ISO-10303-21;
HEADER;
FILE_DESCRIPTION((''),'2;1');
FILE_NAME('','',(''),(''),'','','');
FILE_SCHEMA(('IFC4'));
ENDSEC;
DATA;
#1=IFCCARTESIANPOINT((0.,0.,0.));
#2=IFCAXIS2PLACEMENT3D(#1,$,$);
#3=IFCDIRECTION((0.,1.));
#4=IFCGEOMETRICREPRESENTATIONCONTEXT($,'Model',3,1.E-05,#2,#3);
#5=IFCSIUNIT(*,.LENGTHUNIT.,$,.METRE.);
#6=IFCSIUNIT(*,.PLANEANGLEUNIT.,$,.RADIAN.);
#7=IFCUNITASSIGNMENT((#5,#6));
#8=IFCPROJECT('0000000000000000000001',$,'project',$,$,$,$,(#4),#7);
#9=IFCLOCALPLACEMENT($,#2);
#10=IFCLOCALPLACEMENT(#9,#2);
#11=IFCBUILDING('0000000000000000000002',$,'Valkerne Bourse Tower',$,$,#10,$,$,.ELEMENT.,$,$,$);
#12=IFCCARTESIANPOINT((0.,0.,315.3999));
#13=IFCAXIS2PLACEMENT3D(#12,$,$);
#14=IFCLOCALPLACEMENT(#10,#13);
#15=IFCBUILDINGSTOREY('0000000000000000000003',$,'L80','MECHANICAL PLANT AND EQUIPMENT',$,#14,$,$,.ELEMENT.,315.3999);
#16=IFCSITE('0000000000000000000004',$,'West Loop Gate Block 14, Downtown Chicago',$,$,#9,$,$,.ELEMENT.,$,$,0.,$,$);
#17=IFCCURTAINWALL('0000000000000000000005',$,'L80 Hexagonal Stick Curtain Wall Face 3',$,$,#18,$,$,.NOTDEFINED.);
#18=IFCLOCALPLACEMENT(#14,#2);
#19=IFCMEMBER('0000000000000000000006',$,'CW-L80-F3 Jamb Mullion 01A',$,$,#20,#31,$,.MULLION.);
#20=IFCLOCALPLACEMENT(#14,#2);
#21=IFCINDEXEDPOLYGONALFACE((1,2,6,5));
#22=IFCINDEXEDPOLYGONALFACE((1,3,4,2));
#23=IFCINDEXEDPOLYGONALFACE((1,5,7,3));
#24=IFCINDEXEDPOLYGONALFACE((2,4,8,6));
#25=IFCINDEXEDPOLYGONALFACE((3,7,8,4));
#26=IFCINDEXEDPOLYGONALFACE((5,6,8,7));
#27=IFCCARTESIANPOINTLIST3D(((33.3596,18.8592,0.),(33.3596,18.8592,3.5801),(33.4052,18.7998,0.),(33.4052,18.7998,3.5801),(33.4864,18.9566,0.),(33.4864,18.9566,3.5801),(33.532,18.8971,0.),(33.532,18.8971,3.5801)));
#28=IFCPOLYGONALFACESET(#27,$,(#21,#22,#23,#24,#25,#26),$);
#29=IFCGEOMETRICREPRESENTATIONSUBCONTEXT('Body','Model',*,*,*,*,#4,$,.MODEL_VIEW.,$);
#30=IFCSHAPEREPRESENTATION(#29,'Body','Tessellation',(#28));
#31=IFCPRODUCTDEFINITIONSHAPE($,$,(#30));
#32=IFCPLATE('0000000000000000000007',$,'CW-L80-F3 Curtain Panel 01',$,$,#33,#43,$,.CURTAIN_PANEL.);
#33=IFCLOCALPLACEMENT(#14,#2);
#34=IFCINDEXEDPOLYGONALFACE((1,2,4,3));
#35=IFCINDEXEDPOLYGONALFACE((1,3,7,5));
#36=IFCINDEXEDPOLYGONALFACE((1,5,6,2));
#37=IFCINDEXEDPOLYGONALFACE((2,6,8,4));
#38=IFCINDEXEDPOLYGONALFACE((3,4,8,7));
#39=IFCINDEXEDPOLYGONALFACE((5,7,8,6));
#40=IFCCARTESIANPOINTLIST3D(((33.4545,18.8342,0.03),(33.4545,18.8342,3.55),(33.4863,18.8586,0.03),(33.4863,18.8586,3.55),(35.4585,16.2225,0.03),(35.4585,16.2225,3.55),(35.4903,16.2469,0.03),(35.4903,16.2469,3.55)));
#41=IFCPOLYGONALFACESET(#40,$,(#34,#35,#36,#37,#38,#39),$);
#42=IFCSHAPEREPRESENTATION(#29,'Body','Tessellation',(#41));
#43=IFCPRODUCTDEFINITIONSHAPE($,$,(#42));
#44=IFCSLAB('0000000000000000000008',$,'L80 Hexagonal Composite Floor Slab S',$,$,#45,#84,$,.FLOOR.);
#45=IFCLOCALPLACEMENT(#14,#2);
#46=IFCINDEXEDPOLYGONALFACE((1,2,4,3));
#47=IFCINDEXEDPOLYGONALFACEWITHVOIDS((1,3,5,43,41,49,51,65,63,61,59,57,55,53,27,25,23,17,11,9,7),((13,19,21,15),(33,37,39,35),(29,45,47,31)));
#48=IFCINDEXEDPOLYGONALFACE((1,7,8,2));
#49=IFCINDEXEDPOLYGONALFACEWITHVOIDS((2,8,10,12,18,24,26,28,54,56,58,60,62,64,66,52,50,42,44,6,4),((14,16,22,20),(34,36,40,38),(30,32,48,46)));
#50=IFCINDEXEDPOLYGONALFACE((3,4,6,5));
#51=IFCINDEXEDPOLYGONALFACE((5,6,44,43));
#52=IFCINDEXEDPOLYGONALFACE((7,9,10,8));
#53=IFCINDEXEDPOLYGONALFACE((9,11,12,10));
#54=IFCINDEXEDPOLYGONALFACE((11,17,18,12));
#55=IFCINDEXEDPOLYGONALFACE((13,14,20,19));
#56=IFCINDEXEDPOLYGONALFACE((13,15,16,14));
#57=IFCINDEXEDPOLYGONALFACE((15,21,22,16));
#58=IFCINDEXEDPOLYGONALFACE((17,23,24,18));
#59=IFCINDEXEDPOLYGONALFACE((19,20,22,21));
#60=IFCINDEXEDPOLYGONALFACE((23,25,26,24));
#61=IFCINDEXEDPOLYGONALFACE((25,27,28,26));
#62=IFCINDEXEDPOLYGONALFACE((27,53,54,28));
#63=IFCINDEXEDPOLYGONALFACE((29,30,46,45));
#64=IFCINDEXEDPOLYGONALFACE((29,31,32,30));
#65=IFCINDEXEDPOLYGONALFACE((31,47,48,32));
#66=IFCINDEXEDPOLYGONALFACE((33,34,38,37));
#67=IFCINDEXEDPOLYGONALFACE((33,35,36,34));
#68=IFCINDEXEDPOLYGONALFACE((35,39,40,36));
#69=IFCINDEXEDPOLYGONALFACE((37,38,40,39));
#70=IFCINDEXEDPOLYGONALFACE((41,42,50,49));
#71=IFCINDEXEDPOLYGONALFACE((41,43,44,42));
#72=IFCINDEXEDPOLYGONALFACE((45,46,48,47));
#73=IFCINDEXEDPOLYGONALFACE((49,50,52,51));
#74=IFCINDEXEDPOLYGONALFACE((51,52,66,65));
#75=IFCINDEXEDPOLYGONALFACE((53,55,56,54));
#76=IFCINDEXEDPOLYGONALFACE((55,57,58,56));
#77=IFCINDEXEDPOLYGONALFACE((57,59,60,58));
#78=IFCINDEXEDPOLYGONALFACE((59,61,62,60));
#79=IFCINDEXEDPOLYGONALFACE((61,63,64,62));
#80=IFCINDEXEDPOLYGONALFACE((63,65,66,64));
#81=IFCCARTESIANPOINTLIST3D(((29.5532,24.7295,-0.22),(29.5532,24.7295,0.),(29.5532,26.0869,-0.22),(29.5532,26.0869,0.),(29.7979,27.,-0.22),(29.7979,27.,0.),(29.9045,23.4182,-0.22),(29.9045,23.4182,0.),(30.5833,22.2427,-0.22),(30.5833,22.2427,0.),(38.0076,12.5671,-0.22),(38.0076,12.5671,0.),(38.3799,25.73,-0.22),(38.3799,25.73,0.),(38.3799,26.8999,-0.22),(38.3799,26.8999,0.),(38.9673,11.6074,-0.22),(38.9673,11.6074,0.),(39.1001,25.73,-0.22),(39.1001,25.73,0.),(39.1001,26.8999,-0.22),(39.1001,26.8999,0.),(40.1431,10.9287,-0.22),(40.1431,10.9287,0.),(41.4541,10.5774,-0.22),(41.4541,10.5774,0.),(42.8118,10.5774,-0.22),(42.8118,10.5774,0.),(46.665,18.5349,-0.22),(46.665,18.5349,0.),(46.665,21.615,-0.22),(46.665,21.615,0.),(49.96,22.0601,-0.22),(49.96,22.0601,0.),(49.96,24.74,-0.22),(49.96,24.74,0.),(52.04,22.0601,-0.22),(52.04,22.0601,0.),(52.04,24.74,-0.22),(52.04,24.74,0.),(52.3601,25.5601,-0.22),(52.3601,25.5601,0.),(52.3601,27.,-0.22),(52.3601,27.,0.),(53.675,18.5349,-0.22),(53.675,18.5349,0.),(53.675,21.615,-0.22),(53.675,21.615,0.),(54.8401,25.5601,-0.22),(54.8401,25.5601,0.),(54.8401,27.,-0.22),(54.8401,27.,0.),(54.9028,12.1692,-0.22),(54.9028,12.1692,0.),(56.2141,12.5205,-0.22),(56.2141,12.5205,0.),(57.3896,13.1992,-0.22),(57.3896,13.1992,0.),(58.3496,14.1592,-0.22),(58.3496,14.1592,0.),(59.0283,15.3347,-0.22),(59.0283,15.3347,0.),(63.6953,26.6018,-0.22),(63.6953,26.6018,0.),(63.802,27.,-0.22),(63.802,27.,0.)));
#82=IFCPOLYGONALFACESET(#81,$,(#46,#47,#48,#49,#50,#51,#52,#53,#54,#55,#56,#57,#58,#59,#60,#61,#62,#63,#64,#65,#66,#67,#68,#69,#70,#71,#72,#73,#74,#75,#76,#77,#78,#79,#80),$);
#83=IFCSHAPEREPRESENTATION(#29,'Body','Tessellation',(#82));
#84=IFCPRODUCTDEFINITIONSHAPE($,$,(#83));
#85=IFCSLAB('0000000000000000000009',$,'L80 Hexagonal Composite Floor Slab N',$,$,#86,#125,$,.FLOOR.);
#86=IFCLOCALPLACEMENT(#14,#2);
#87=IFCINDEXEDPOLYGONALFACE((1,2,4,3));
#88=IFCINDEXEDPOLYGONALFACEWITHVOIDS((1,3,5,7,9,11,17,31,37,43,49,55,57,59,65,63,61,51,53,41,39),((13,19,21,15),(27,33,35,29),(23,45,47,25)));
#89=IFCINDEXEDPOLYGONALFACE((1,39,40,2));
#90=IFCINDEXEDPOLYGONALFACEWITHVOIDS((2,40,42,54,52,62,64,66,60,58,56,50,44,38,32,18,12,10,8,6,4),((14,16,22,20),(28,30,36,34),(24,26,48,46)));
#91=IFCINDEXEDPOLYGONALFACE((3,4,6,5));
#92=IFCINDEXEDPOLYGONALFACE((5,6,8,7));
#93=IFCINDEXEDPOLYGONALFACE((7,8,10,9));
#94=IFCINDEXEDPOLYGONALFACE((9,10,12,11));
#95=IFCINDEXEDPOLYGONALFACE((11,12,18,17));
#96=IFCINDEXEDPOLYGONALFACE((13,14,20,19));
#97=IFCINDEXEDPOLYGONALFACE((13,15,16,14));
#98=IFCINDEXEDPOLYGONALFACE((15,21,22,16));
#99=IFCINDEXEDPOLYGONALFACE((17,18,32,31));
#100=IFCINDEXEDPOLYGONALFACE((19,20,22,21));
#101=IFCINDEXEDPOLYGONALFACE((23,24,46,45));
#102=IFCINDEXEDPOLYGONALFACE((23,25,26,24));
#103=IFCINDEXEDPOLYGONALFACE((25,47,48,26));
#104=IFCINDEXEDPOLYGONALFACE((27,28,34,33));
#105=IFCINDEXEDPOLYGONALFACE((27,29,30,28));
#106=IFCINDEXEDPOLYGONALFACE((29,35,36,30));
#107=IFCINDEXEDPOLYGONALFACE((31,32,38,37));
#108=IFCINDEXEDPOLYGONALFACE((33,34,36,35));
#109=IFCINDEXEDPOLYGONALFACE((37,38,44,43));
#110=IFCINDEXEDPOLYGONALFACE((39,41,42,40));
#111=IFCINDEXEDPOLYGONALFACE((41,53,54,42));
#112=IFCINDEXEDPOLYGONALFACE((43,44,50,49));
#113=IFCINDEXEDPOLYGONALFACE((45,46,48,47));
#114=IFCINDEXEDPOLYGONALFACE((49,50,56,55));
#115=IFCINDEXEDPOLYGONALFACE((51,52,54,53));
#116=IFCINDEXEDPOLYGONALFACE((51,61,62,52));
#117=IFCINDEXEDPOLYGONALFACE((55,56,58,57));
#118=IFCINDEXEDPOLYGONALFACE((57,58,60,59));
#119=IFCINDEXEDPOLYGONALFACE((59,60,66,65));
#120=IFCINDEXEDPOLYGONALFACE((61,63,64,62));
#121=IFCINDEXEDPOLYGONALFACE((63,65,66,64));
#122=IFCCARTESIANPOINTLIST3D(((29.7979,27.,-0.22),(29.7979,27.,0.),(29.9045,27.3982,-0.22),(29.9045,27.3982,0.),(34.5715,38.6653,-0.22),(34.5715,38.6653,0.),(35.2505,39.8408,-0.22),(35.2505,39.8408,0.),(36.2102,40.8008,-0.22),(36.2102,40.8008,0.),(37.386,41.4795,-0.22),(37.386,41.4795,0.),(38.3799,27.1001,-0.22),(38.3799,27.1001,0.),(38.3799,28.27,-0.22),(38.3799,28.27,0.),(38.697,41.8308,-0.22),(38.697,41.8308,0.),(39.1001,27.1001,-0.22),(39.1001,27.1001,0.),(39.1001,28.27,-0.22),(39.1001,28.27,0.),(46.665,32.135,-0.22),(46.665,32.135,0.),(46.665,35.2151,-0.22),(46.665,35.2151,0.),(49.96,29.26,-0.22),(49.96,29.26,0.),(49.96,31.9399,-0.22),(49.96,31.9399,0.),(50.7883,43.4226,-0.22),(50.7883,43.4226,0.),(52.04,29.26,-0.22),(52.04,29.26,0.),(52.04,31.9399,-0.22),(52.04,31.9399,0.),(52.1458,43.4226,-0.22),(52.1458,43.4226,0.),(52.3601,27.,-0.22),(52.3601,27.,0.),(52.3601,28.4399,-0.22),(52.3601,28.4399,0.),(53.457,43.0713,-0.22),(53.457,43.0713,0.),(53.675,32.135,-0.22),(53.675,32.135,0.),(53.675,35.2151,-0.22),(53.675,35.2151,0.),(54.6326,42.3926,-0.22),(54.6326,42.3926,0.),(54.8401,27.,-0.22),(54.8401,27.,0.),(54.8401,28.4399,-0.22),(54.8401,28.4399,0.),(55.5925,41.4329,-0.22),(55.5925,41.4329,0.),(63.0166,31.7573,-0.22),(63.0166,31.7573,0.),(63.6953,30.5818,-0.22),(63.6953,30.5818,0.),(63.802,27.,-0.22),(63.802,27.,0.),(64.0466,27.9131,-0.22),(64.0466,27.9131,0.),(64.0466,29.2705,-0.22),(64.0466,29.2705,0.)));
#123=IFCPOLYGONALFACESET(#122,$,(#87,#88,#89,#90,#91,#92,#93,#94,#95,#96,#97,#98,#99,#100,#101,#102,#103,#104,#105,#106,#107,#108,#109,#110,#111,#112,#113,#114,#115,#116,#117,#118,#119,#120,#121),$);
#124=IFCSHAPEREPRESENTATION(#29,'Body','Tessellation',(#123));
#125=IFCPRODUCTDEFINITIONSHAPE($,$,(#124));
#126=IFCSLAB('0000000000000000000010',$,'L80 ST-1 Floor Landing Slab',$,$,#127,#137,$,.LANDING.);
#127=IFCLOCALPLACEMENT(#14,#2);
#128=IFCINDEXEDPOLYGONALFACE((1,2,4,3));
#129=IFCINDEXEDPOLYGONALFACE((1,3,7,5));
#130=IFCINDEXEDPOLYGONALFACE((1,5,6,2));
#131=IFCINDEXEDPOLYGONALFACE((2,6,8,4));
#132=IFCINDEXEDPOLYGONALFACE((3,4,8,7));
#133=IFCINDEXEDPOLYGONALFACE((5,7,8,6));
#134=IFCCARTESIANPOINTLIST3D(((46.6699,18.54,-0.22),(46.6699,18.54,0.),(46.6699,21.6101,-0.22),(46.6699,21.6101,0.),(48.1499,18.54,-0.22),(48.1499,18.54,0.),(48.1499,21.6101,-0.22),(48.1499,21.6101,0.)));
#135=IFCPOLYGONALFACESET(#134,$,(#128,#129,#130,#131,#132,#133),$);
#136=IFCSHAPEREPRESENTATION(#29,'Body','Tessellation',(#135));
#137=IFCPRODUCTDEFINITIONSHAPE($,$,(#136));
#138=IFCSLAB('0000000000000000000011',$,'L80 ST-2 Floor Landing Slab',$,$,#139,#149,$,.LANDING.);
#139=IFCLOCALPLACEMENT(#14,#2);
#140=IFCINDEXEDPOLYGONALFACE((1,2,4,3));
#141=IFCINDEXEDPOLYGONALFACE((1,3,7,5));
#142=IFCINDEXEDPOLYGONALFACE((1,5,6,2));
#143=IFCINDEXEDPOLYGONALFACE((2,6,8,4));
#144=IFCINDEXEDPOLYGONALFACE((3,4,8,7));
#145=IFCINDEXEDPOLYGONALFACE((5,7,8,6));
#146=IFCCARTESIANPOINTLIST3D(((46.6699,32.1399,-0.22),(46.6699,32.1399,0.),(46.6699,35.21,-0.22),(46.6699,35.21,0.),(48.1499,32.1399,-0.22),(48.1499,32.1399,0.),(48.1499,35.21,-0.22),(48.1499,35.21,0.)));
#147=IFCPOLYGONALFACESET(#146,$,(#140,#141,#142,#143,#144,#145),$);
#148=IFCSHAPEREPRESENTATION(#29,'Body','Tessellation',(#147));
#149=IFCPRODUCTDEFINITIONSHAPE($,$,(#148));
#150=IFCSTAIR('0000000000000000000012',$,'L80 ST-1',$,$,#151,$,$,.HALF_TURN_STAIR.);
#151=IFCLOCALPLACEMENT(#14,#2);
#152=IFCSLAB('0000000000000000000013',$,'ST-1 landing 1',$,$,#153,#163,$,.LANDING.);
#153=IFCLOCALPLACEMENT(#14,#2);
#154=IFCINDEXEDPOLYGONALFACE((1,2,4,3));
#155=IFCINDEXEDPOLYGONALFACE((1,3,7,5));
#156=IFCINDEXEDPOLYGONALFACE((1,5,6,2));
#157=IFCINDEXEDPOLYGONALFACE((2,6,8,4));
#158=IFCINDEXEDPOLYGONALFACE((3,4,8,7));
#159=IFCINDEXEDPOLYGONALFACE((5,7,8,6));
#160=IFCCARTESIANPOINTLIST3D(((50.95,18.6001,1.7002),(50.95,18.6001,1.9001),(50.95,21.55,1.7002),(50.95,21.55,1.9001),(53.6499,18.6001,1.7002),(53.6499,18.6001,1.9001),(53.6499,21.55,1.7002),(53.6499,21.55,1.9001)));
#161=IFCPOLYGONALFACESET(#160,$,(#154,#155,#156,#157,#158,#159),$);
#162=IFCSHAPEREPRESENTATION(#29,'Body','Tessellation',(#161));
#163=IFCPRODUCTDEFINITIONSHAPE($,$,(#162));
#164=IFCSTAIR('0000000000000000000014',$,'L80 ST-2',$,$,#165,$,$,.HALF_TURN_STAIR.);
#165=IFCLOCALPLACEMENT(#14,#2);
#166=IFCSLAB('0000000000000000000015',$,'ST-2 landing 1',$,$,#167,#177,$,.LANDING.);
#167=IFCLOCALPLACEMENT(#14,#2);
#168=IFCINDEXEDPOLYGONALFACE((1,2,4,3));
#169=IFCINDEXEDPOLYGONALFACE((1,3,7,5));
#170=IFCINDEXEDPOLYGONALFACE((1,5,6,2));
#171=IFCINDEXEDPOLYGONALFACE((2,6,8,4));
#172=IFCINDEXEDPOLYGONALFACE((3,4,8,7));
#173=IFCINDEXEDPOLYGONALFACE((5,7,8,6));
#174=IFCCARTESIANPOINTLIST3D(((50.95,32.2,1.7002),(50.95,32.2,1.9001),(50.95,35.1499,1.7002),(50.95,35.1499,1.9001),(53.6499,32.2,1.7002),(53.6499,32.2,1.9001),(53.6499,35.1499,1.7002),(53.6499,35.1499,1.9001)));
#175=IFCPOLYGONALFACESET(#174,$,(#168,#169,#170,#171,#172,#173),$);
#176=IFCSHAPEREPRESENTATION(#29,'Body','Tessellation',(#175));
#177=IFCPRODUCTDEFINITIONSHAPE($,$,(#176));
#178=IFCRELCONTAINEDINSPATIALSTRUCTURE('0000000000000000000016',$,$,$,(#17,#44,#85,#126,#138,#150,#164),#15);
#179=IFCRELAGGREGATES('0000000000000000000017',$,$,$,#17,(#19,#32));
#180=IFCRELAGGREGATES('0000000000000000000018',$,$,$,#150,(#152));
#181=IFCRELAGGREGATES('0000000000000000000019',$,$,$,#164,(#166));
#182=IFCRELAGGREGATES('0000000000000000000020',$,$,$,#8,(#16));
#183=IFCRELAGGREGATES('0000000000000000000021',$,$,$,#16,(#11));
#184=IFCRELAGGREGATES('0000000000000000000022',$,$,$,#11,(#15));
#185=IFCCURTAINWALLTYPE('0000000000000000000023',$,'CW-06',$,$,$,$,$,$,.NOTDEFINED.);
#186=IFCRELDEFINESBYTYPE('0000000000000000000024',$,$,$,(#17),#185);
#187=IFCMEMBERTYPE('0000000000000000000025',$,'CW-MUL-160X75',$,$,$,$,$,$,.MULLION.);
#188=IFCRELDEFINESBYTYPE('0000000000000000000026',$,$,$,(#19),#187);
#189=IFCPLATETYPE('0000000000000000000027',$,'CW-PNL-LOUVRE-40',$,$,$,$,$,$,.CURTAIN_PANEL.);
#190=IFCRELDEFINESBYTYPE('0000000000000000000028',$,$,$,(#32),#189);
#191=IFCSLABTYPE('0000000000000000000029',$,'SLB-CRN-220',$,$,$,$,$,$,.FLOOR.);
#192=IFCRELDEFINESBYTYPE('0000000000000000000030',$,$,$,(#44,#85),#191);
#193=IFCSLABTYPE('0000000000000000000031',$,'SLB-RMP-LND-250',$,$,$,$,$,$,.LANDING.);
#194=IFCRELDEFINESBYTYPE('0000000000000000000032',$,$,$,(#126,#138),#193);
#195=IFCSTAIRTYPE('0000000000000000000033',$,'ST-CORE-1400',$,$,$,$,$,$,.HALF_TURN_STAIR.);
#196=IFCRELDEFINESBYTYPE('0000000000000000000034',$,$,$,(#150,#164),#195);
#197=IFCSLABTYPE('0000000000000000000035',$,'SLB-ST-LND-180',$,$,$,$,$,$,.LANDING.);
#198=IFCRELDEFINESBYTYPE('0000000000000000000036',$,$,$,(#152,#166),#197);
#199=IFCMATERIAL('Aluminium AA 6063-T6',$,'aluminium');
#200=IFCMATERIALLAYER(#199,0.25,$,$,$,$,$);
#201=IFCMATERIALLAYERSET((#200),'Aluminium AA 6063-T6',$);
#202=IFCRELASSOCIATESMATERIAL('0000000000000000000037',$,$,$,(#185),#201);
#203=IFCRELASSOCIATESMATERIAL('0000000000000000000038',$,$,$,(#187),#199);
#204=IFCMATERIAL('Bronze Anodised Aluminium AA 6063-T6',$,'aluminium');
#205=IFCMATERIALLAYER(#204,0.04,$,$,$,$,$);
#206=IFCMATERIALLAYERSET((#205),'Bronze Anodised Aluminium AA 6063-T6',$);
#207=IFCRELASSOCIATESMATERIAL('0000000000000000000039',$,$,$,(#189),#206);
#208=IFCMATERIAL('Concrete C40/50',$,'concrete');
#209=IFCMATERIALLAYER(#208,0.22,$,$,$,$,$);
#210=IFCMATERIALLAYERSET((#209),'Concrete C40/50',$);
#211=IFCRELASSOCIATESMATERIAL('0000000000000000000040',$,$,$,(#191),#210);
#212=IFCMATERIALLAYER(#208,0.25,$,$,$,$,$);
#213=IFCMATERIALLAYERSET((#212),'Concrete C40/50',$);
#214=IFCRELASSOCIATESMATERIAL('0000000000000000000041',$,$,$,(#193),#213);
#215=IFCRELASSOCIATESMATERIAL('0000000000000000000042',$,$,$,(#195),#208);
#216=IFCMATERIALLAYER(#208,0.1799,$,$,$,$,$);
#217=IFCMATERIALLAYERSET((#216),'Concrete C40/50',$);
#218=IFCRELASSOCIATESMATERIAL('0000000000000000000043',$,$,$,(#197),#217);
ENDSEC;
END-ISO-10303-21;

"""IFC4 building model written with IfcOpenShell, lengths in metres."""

from ifc_helpers import new_model, si_unit, direction, frame, origin, origin_2d, place, context, subcontext, project, spatial, polyline, rectangle, outline, extrude, material, layer, layer_set, material_profile, profile_set, type_object, element, aggregate, save


model = new_model("IFC4")

# Units and contexts
model_context = context("Model", 3, precision=1e-05, world=origin(), true_north=direction((0.0, 1.0)))
body_context = subcontext(model_context, "Body", "Model", "MODEL_VIEW")
ifc_project = project(units=[si_unit("LENGTHUNIT", "METRE"), si_unit("PLANEANGLEUNIT", "RADIAN")], contexts=[model_context])

# Site, building, storey
site_placement = place(None, origin())
site = spatial("IfcSite", under=ifc_project, at=site_placement, Name="West Loop Gate Block 14, Downtown Chicago", CompositionType="ELEMENT", RefElevation=0.0)
building_placement = place(site_placement, origin())
building = spatial("IfcBuilding", under=site, at=building_placement, Name="Valkerne Bourse Tower", CompositionType="ELEMENT")
storey_placement = place(building_placement, frame((0.0, 0.0, 315.3999)))
storey = spatial("IfcBuildingStorey", under=building, at=storey_placement, Name="L80", Description="MECHANICAL PLANT AND EQUIPMENT", CompositionType="ELEMENT", Elevation=315.3999)

# Curtain wall, member, plate
ifc_material_1 = material(Name="Aluminium AA 6063-T6", Category="aluminium")
ifc_layer_1 = layer(ifc_material_1, 0.25)
ifc_layer_set_1 = layer_set([ifc_layer_1], Name="Aluminium AA 6063-T6")
curtain_wall_type = type_object("IfcCurtainWallType", Name="CW-06", PredefinedType="NOTDEFINED", material=ifc_layer_set_1)
curtain_wall_placement = place(storey_placement, origin())
curtain_wall = element("IfcCurtainWall", 1, at=curtain_wall_placement, inside=storey, type_object=curtain_wall_type, Name="L80 Hexagonal Stick Curtain Wall Face 3", PredefinedType="NOTDEFINED")
ifc_material_profile = material_profile(ifc_material_1, rectangle(XDim=0.075, YDim=0.1599, at=origin_2d()), Name="CWM-75X160")
ifc_profile_set = profile_set([ifc_material_profile], Name="Aluminium AA 6063-T6")
member_type = type_object("IfcMemberType", Name="CW-MUL-160X75", PredefinedType="MULLION", material=ifc_profile_set)
member_placement = place(storey_placement, frame((33.4458, 18.8782, 0.0), z_axis=(0.0, 0.0, 1.0), x_axis=(0.608761, -0.793353, 0.0)))
member = element("IfcMember", 2, at=member_placement, type_object=member_type, Name="CW-L80-F3 Jamb Mullion 01A", PredefinedType="MULLION", context=body_context, shape_type="SweptSolid", body=[
    extrude(rectangle(XDim=0.075, YDim=0.1599, at=origin_2d()), origin(), (0.0, 0.0, 1.0), 3.5801),
])
ifc_material_2 = material(Name="Bronze Anodised Aluminium AA 6063-T6", Category="aluminium")
ifc_layer_2 = layer(ifc_material_2, 0.04)
ifc_layer_set_2 = layer_set([ifc_layer_2], Name="Bronze Anodised Aluminium AA 6063-T6")
plate_type = type_object("IfcPlateType", Name="CW-PNL-LOUVRE-40", PredefinedType="CURTAIN_PANEL", material=ifc_layer_set_2)
plate_placement = place(storey_placement, frame((34.4724, 17.5405, 0.03), z_axis=(0.0, 0.0, 1.0), x_axis=(0.608761, -0.793353, 0.0)))
plate = element("IfcPlate", 3, at=plate_placement, type_object=plate_type, Name="CW-L80-F3 Curtain Panel 01", PredefinedType="CURTAIN_PANEL", context=body_context, shape_type="SweptSolid", body=[
    extrude(rectangle(XDim=3.292, YDim=0.04, at=origin_2d()), origin(), (0.0, 0.0, 1.0), 3.52),
])
aggregate(curtain_wall, [member, plate])

# Slabs
ifc_material_3 = material(Name="Concrete C40/50", Category="concrete")
ifc_layer_3 = layer(ifc_material_3, 0.22)
ifc_layer_set_3 = layer_set([ifc_layer_3], Name="Concrete C40/50")
slab_type_1 = type_object("IfcSlabType", Name="SLB-CRN-220", PredefinedType="FLOOR", material=ifc_layer_set_3)
slab_1_placement = place(storey_placement, frame((0.0, 0.0, -0.22)))
element("IfcSlab", 4, at=slab_1_placement, inside=storey, type_object=slab_type_1, Name="L80 Hexagonal Composite Floor Slab S", PredefinedType="FLOOR", context=body_context, shape_type="SweptSolid", body=[
    extrude(outline(polyline([(63.6953, 26.6018), (59.0283, 15.3347), (58.3496, 14.1592), (57.3896, 13.1992), (56.2141, 12.5205), (54.9028, 12.1692), (42.8118, 10.5774), (41.4541, 10.5774), (40.1431, 10.9287), (38.9673, 11.6074), (38.0076, 12.5671), (30.5833, 22.2427), (29.9045, 23.4182), (29.5532, 24.7295), (29.5532, 26.0869), (29.7979, 27.0), (52.3601, 27.0), (52.3601, 25.5601), (54.8401, 25.5601), (54.8401, 27.0), (63.802, 27.0), (63.6953, 26.6018)]), holes=[polyline([(46.665, 18.5349), (53.675, 18.5349), (53.675, 21.615), (46.665, 21.615), (46.665, 18.5349)]), polyline([(49.96, 24.74), (49.96, 22.0601), (52.04, 22.0601), (52.04, 24.74), (49.96, 24.74)]), polyline([(38.3799, 26.8999), (38.3799, 25.73), (39.1001, 25.73), (39.1001, 26.8999), (38.3799, 26.8999)])]), origin(), (0.0, 0.0, 1.0), 0.22),
])
slab_2_placement = place(storey_placement, frame((0.0, 0.0, -0.22)))
element("IfcSlab", 5, at=slab_2_placement, inside=storey, type_object=slab_type_1, Name="L80 Hexagonal Composite Floor Slab N", PredefinedType="FLOOR", context=body_context, shape_type="SweptSolid", body=[
    extrude(outline(polyline([(63.6953, 30.5818), (64.0466, 29.2705), (64.0466, 27.9131), (63.802, 27.0), (54.8401, 27.0), (54.8401, 28.4399), (52.3601, 28.4399), (52.3601, 27.0), (29.7979, 27.0), (29.9045, 27.3982), (34.5715, 38.6653), (35.2505, 39.8408), (36.2102, 40.8008), (37.386, 41.4795), (38.697, 41.8308), (50.7883, 43.4226), (52.1458, 43.4226), (53.457, 43.0713), (54.6326, 42.3926), (55.5925, 41.4329), (63.0166, 31.7573), (63.6953, 30.5818)]), holes=[polyline([(38.3799, 28.27), (38.3799, 27.1001), (39.1001, 27.1001), (39.1001, 28.27), (38.3799, 28.27)]), polyline([(49.96, 31.9399), (49.96, 29.26), (52.04, 29.26), (52.04, 31.9399), (49.96, 31.9399)]), polyline([(46.665, 35.2151), (46.665, 32.135), (53.675, 32.135), (53.675, 35.2151), (46.665, 35.2151)])]), origin(), (0.0, 0.0, 1.0), 0.22),
])
ifc_layer_4 = layer(ifc_material_3, 0.25)
ifc_layer_set_4 = layer_set([ifc_layer_4], Name="Concrete C40/50")
slab_type_2 = type_object("IfcSlabType", Name="SLB-RMP-LND-250", PredefinedType="LANDING", material=ifc_layer_set_4)
slab_3_placement = place(storey_placement, frame((0.0, 0.0, -0.22)))
element("IfcSlab", 6, at=slab_3_placement, inside=storey, type_object=slab_type_2, Name="L80 ST-1 Floor Landing Slab", PredefinedType="LANDING", context=body_context, shape_type="SweptSolid", body=[
    extrude(outline(polyline([(46.6699, 18.54), (48.1499, 18.54), (48.1499, 21.6101), (46.6699, 21.6101), (46.6699, 18.54)])), origin(), (0.0, 0.0, 1.0), 0.22),
])
slab_4_placement = place(storey_placement, frame((0.0, 0.0, -0.22)))
element("IfcSlab", 7, at=slab_4_placement, inside=storey, type_object=slab_type_2, Name="L80 ST-2 Floor Landing Slab", PredefinedType="LANDING", context=body_context, shape_type="SweptSolid", body=[
    extrude(outline(polyline([(46.6699, 32.1399), (48.1499, 32.1399), (48.1499, 35.21), (46.6699, 35.21), (46.6699, 32.1399)])), origin(), (0.0, 0.0, 1.0), 0.22),
])

# Stairs, slabs
stair_type = type_object("IfcStairType", Name="ST-CORE-1400", PredefinedType="HALF_TURN_STAIR", material=ifc_material_3)
stair_1_placement = place(storey_placement, origin())
stair_1 = element("IfcStair", 8, at=stair_1_placement, inside=storey, type_object=stair_type, Name="L80 ST-1", PredefinedType="HALF_TURN_STAIR")
ifc_layer_5 = layer(ifc_material_3, 0.1799)
ifc_layer_set_5 = layer_set([ifc_layer_5], Name="Concrete C40/50")
slab_type_3 = type_object("IfcSlabType", Name="SLB-ST-LND-180", PredefinedType="LANDING", material=ifc_layer_set_5)
slab_5_placement = place(storey_placement, frame((0.0, 0.0, 1.7002)))
slab_5 = element("IfcSlab", 9, at=slab_5_placement, type_object=slab_type_3, Name="ST-1 landing 1", PredefinedType="LANDING", context=body_context, shape_type="SweptSolid", body=[
    extrude(outline(polyline([(50.95, 18.6001), (53.6499, 18.6001), (53.6499, 21.55), (50.95, 21.55), (50.95, 18.6001)])), origin(), (0.0, 0.0, 1.0), 0.2),
])
aggregate(stair_1, [slab_5])
stair_2_placement = place(storey_placement, origin())
stair_2 = element("IfcStair", 10, at=stair_2_placement, inside=storey, type_object=stair_type, Name="L80 ST-2", PredefinedType="HALF_TURN_STAIR")
slab_6_placement = place(storey_placement, frame((0.0, 0.0, 1.7002)))
slab_6 = element("IfcSlab", 11, at=slab_6_placement, type_object=slab_type_3, Name="ST-2 landing 1", PredefinedType="LANDING", context=body_context, shape_type="SweptSolid", body=[
    extrude(outline(polyline([(50.95, 32.2), (53.6499, 32.2), (53.6499, 35.1499), (50.95, 35.1499), (50.95, 32.2)])), origin(), (0.0, 0.0, 1.0), 0.2),
])
aggregate(stair_2, [slab_6])

save(model, "model.ifc")
